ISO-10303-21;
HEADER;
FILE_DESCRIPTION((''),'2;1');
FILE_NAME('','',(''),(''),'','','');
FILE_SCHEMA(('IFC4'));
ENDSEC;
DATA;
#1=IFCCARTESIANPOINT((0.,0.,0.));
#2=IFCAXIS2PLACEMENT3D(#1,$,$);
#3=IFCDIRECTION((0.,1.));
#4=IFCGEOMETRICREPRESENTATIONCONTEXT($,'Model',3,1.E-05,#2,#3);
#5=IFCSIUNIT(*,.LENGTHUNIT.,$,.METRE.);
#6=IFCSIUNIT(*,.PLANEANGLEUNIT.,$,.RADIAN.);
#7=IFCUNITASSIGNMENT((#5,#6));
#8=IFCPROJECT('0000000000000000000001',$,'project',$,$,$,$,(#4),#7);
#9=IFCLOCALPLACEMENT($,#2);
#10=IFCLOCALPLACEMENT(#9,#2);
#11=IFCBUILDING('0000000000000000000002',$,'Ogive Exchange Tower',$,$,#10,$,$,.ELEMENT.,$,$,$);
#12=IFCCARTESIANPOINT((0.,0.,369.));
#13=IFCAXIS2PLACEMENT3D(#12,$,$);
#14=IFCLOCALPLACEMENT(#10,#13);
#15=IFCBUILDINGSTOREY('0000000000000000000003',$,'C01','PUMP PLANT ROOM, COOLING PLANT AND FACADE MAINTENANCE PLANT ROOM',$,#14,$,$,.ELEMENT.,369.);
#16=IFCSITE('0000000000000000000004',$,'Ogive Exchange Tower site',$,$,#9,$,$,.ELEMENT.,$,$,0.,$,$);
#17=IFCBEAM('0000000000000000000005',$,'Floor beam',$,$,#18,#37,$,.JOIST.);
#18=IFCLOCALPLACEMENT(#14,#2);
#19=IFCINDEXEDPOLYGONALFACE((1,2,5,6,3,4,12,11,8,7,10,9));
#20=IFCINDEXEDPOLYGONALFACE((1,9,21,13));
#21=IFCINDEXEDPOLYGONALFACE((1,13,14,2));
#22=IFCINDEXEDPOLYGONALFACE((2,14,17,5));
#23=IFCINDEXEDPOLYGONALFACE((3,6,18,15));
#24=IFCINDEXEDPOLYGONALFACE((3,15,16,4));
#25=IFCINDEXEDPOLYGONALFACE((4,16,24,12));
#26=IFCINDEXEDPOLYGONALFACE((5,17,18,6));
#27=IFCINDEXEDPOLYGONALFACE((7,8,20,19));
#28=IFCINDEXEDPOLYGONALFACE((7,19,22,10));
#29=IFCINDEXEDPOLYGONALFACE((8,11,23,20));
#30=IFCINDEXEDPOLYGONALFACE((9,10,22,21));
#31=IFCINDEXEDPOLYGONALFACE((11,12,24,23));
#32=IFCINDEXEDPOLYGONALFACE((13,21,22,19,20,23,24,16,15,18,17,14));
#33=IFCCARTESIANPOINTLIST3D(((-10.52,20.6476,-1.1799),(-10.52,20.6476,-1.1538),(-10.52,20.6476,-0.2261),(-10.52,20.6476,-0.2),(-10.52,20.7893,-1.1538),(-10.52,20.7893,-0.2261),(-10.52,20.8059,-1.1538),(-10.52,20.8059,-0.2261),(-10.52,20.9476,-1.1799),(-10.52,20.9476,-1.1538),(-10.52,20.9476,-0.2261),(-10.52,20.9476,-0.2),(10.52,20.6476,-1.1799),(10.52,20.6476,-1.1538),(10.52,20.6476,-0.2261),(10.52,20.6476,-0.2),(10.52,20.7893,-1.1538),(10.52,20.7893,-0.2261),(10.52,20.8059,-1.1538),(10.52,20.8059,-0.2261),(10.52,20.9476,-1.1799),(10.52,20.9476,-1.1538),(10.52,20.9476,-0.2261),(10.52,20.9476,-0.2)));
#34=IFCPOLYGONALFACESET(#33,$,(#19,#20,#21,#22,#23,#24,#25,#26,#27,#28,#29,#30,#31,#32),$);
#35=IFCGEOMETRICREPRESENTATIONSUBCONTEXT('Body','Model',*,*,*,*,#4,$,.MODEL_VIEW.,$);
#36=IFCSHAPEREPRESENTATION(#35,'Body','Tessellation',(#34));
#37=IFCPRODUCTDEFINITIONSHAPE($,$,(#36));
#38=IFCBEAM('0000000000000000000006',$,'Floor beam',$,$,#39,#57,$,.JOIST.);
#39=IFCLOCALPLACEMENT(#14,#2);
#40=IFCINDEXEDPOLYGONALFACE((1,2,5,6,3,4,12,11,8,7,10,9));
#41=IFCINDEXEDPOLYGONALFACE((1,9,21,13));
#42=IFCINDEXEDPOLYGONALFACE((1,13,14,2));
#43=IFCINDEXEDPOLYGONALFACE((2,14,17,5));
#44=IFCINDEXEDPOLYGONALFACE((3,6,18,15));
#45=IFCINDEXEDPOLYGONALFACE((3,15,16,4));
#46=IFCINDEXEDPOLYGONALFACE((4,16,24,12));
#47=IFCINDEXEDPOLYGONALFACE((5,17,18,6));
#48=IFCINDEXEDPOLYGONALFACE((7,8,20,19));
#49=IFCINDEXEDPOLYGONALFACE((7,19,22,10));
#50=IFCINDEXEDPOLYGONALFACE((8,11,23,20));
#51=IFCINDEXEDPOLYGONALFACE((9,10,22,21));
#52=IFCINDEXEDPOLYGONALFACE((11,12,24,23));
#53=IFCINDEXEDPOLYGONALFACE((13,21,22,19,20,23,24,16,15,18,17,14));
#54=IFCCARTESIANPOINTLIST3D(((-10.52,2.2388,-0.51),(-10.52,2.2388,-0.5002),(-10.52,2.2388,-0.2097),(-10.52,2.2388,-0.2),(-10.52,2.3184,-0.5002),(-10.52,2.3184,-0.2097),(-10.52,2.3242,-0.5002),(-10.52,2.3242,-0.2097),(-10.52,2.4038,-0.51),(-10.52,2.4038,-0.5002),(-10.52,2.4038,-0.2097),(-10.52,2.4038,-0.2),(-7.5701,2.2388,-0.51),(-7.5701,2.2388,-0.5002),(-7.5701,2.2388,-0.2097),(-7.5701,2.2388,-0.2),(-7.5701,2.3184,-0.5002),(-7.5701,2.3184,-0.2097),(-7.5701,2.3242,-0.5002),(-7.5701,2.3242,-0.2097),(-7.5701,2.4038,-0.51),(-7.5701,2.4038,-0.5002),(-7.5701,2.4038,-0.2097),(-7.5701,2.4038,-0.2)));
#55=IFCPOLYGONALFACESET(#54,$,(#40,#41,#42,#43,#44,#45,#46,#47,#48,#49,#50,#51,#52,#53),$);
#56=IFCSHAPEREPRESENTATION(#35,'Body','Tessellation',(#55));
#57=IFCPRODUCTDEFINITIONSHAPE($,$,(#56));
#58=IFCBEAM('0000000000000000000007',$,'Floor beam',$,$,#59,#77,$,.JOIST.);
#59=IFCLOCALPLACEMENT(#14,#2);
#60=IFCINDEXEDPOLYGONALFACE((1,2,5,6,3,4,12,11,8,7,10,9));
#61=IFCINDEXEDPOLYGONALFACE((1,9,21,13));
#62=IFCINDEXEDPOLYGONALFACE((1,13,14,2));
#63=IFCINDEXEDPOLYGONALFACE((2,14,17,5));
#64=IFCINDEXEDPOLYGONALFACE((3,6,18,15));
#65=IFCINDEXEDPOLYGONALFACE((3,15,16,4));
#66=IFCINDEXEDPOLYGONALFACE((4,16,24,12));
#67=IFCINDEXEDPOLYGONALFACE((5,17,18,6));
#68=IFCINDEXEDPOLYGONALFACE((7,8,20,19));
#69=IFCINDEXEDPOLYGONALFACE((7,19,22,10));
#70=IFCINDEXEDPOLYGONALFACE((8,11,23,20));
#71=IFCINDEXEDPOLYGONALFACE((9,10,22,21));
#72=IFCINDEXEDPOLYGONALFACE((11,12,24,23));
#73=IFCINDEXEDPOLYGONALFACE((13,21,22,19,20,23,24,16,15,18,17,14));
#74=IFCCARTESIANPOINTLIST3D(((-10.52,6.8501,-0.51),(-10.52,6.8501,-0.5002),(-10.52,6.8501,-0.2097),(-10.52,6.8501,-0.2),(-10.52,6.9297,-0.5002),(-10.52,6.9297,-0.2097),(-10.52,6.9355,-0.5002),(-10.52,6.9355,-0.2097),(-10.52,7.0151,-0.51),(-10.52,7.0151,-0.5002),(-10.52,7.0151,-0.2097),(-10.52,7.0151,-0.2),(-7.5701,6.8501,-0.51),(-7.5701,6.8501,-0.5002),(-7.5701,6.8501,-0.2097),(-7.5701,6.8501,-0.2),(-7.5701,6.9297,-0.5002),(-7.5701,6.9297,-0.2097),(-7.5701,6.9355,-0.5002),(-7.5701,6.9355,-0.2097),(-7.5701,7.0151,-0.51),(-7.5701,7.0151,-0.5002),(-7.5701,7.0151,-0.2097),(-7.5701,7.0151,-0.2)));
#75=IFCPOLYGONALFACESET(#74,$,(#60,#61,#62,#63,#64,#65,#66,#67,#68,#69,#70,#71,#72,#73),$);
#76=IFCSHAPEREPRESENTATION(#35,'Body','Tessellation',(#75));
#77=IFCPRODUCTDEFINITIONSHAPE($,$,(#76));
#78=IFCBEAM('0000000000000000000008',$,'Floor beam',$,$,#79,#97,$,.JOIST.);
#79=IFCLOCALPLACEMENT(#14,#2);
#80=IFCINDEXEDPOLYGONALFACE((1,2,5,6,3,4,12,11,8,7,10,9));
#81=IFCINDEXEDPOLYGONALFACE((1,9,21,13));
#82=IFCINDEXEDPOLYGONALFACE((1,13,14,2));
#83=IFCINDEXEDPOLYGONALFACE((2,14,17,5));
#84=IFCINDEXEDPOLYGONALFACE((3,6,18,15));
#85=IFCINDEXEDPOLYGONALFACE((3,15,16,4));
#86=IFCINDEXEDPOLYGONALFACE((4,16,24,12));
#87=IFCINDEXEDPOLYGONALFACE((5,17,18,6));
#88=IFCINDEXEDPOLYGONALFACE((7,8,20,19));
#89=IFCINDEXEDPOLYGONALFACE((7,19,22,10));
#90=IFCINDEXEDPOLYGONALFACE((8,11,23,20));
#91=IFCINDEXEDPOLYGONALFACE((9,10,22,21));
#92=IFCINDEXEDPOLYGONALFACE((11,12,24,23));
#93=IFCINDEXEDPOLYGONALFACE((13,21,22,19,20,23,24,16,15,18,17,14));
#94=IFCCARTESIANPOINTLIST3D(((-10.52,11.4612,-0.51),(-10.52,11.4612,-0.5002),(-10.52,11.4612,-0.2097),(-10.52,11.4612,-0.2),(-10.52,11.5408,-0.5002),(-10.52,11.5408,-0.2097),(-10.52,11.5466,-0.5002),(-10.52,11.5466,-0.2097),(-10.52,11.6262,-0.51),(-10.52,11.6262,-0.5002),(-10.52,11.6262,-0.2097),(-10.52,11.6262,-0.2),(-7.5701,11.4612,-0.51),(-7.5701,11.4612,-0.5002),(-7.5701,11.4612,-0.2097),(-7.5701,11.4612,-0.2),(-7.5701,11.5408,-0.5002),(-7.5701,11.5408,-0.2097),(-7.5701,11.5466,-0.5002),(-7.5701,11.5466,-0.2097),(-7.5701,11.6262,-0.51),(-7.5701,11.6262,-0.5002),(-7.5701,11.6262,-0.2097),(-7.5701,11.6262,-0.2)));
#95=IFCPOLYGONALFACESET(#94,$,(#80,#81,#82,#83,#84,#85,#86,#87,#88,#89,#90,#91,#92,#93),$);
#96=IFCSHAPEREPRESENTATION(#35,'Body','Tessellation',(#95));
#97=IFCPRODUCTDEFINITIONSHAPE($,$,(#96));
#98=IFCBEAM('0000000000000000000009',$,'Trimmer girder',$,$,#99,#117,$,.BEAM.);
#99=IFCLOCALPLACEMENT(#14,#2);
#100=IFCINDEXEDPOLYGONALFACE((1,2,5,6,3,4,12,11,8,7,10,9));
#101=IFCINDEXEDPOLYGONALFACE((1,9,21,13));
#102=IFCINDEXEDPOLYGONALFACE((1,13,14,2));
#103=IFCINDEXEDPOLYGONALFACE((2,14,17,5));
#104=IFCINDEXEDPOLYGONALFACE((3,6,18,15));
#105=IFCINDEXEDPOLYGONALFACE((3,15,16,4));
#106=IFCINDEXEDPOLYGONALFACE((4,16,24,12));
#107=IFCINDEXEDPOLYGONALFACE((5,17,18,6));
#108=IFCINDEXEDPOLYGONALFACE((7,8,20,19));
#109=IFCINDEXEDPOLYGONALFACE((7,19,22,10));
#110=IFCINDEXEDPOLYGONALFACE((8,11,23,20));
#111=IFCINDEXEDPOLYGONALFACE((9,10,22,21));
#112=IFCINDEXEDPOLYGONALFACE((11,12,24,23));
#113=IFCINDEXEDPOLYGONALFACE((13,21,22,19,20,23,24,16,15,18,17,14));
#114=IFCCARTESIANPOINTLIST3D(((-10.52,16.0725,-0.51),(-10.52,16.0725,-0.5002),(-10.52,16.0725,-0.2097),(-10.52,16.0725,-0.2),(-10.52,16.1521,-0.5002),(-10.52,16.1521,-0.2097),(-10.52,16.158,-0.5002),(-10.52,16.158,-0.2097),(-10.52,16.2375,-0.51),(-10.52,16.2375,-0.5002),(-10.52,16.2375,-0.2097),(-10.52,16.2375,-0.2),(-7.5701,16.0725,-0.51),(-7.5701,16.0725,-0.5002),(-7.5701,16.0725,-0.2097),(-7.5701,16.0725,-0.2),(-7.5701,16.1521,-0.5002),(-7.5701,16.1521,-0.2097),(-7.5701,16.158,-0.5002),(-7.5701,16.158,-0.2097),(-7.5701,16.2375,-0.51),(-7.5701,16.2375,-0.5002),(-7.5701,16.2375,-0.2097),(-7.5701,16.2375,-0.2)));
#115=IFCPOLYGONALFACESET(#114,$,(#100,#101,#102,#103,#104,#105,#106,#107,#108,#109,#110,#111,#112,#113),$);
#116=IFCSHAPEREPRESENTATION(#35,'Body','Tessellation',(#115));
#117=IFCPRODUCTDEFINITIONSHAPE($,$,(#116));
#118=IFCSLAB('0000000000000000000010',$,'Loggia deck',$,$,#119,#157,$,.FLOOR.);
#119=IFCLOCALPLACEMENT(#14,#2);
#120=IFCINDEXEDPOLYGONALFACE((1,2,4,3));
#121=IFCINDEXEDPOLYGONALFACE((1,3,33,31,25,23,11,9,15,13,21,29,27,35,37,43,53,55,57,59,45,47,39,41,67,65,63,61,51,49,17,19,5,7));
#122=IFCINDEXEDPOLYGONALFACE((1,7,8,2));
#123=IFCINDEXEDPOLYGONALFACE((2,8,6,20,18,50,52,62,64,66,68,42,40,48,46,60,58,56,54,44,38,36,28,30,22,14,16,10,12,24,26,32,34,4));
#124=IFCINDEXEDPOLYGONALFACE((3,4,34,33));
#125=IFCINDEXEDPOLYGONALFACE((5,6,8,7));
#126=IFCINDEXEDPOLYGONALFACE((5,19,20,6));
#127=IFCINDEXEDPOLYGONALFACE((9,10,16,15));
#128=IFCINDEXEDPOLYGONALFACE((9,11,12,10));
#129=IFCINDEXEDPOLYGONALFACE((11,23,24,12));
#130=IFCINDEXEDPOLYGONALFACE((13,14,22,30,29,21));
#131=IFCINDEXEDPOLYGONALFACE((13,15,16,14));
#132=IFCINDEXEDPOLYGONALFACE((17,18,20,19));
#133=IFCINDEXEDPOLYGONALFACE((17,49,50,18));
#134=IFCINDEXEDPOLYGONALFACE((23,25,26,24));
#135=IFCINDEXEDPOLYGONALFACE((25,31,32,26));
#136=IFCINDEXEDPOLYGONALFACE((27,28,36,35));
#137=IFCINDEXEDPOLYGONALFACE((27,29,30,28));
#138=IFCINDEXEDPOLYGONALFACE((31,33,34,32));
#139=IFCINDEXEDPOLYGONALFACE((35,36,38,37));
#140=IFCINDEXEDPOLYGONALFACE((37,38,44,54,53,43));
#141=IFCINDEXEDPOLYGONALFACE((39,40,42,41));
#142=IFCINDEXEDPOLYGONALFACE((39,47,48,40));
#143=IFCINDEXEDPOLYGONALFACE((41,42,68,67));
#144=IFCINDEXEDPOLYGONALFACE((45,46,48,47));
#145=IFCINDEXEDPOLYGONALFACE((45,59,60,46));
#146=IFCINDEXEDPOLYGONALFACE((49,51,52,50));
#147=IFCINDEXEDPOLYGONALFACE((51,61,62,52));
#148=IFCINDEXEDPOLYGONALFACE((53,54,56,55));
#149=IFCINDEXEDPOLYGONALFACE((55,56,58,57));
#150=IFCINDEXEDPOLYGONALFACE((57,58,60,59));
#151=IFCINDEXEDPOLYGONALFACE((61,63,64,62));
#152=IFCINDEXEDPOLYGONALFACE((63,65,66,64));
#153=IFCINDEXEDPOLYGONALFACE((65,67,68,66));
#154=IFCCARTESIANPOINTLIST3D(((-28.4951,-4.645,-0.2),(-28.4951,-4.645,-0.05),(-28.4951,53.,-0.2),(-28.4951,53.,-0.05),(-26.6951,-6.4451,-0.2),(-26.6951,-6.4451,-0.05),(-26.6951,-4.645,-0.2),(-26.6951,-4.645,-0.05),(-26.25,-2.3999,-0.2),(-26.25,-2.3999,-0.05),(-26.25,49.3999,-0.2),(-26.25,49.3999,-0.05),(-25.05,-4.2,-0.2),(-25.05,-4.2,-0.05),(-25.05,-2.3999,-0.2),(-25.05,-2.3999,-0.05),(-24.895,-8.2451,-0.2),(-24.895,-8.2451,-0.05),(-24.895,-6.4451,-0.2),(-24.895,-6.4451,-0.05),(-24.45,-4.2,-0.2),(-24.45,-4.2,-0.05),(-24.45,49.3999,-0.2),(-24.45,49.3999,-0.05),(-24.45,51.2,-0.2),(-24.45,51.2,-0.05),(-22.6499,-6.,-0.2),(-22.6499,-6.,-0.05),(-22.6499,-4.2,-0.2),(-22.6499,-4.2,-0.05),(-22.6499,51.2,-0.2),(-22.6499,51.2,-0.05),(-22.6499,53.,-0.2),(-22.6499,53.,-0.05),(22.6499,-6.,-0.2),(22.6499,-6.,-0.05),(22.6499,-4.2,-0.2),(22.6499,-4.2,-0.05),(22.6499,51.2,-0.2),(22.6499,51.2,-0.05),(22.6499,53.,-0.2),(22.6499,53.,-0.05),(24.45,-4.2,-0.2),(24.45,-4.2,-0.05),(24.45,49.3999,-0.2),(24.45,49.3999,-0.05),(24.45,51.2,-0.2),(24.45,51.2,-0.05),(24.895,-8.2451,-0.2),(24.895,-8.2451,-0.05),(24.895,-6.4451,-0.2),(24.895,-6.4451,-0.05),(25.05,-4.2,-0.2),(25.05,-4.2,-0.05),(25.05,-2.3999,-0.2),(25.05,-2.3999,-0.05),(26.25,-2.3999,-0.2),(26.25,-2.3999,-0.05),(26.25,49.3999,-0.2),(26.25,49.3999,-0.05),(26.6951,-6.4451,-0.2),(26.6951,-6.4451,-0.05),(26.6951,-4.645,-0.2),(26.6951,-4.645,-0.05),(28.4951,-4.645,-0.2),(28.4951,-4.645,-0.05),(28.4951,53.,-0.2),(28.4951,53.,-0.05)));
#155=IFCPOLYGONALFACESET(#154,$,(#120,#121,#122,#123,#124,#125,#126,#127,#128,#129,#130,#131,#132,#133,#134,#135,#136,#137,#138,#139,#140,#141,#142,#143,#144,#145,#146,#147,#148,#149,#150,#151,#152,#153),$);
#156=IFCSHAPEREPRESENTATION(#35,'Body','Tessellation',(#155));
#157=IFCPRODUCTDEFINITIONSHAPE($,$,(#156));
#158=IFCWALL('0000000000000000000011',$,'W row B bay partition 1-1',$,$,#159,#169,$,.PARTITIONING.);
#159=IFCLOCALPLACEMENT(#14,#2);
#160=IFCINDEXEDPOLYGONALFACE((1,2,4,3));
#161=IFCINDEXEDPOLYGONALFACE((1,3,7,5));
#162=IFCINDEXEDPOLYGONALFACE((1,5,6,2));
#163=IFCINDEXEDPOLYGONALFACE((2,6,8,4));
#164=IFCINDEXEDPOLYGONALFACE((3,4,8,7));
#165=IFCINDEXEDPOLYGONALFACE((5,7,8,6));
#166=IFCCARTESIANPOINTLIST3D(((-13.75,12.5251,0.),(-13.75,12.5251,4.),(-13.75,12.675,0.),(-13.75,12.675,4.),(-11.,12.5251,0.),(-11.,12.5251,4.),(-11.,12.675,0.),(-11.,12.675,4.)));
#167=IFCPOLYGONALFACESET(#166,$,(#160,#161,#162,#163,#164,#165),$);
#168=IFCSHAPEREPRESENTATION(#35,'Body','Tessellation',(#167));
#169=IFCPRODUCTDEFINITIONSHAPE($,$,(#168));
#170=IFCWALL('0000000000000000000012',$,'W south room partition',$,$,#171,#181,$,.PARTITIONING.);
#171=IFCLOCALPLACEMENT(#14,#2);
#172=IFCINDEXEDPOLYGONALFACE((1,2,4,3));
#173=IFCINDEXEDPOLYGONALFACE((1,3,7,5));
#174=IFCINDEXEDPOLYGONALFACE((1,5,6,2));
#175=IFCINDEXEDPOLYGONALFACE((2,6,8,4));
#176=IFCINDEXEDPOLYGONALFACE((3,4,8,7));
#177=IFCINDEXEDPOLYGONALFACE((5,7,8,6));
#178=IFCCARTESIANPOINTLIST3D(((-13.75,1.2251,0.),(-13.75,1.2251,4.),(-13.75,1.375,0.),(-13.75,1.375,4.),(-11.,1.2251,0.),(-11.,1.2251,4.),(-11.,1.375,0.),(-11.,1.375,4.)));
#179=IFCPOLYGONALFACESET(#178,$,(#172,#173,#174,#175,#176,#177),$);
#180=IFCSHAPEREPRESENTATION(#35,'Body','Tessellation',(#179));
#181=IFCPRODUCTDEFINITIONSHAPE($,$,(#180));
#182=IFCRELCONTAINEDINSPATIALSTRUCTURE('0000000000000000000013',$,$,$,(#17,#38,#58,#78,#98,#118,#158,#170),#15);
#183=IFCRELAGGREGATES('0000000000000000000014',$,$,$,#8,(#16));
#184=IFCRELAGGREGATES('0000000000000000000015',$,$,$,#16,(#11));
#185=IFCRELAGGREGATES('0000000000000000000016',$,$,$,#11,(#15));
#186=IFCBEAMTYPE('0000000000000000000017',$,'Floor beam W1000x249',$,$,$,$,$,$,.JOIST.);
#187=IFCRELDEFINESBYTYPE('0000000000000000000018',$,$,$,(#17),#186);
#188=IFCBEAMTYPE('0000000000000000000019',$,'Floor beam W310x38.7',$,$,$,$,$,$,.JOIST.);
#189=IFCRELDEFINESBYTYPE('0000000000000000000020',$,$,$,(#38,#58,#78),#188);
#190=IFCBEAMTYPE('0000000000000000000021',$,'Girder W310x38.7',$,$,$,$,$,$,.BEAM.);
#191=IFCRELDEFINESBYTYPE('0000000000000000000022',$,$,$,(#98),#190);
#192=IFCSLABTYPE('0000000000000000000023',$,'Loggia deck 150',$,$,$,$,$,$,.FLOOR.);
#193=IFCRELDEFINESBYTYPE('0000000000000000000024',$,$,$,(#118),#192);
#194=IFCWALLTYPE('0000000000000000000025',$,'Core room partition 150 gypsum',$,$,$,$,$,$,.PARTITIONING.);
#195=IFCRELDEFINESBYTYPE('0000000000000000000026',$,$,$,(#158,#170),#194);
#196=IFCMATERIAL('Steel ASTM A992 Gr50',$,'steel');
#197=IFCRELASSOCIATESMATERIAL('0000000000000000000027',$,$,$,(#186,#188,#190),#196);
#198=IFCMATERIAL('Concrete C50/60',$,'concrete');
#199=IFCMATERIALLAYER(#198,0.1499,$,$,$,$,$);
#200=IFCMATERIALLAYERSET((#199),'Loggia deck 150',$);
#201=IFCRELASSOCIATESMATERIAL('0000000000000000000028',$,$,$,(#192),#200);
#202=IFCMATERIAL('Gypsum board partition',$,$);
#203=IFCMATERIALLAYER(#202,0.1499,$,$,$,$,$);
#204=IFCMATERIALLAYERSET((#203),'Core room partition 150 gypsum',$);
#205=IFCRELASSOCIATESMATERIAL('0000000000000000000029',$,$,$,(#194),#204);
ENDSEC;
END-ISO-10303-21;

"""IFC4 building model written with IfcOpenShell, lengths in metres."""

from ifc_helpers import new_model, si_unit, direction, frame, frame_2d, origin, origin_2d, place, context, subcontext, project, spatial, polyline, rectangle, i_section, outline, extrude, material, layer, layer_set, material_profile, profile_set, type_object, element, save


model = new_model("IFC4")

# Units and contexts
model_context = context("Model", 3, precision=1e-05, world=origin(), true_north=direction((0.0, 1.0)))
body_context = subcontext(model_context, "Body", "Model", "MODEL_VIEW")
ifc_project = project(units=[si_unit("LENGTHUNIT", "METRE"), si_unit("PLANEANGLEUNIT", "RADIAN")], contexts=[model_context])

# Site, building, storey
site_placement = place(None, origin())
site = spatial("IfcSite", under=ifc_project, at=site_placement, Name="Ogive Exchange Tower site", CompositionType="ELEMENT", RefElevation=0.0)
building_placement = place(site_placement, origin())
building = spatial("IfcBuilding", under=site, at=building_placement, Name="Ogive Exchange Tower", CompositionType="ELEMENT")
storey_placement = place(building_placement, frame((0.0, 0.0, 369.0)))
storey = spatial("IfcBuildingStorey", under=building, at=storey_placement, Name="C01", Description="PUMP PLANT ROOM, COOLING PLANT AND FACADE MAINTENANCE PLANT ROOM", CompositionType="ELEMENT", Elevation=369.0)

# Beams
ifc_material_1 = material(Name="Steel ASTM A992 Gr50", Category="steel")
ifc_material_profile_1 = material_profile(ifc_material_1, i_section(OverallWidth=0.3, OverallDepth=0.98, WebThickness=0.0166, FlangeThickness=0.0261, at=origin_2d()), Name="W1000x249")
ifc_profile_set_1 = profile_set([ifc_material_profile_1], Name="Steel ASTM A992 Gr50")
beam_type_1 = type_object("IfcBeamType", Name="Floor beam W1000x249", PredefinedType="JOIST", material=ifc_profile_set_1)
beam_1_placement = place(storey_placement, frame((-10.52, 20.7976, -0.6899), z_axis=(1.0, 0.0, 0.0), x_axis=(0.0, 1.0, 0.0)))
element("IfcBeam", 1, at=beam_1_placement, inside=storey, type_object=beam_type_1, Name="Floor beam", PredefinedType="JOIST", context=body_context, shape_type="SweptSolid", body=[
    extrude(i_section(OverallWidth=0.3, OverallDepth=0.98, WebThickness=0.0166, FlangeThickness=0.0261, at=origin_2d()), origin(), (0.0, 0.0, 1.0), 21.04),
])
ifc_material_profile_2 = material_profile(ifc_material_1, i_section(OverallWidth=0.165, OverallDepth=0.3101, WebThickness=0.0059, FlangeThickness=0.0098, at=origin_2d()), Name="W310x38.7")
ifc_profile_set_2 = profile_set([ifc_material_profile_2], Name="Steel ASTM A992 Gr50")
beam_type_2 = type_object("IfcBeamType", Name="Floor beam W310x38.7", PredefinedType="JOIST", material=ifc_profile_set_2)
for number, where, z_axis, x_axis, name in (
    (2, (-10.52, 2.3213, -0.355), (1.0, 0.0, 0.0), (0.0, 1.0, 0.0), "Floor beam"),
    (3, (-10.52, 6.9326, -0.355), (1.0, 0.0, 0.0), (0.0, 1.0, 0.0), "Floor beam"),
    (4, (-10.52, 11.5437, -0.355), (1.0, 0.0, 0.0), (0.0, 1.0, 0.0), "Floor beam"),
):
    element("IfcBeam", number, at=place(storey_placement, frame(where, z_axis=z_axis, x_axis=x_axis)), inside=storey, type_object=beam_type_2, Name=name, PredefinedType="JOIST", context=body_context, shape_type="SweptSolid", body=[
        extrude(i_section(OverallWidth=0.165, OverallDepth=0.3101, WebThickness=0.0059, FlangeThickness=0.0098, at=origin_2d()), origin(), (0.0, 0.0, 1.0), 2.95),
    ])
ifc_material_profile_3 = material_profile(ifc_material_1, i_section(OverallWidth=0.165, OverallDepth=0.3101, WebThickness=0.0059, FlangeThickness=0.0098, at=origin_2d()), Name="W310x38.7")
ifc_profile_set_3 = profile_set([ifc_material_profile_3], Name="Steel ASTM A992 Gr50")
beam_type_3 = type_object("IfcBeamType", Name="Girder W310x38.7", PredefinedType="BEAM", material=ifc_profile_set_3)
beam_2_placement = place(storey_placement, frame((-10.52, 16.155, -0.355), z_axis=(1.0, 0.0, 0.0), x_axis=(0.0, 1.0, 0.0)))
element("IfcBeam", 5, at=beam_2_placement, inside=storey, type_object=beam_type_3, Name="Trimmer girder", PredefinedType="BEAM", context=body_context, shape_type="SweptSolid", body=[
    extrude(i_section(OverallWidth=0.165, OverallDepth=0.3101, WebThickness=0.0059, FlangeThickness=0.0098, at=origin_2d()), origin(), (0.0, 0.0, 1.0), 2.95),
])

# Slab
ifc_material_2 = material(Name="Concrete C50/60", Category="concrete")
ifc_layer_1 = layer(ifc_material_2, 0.1499)
ifc_layer_set_1 = layer_set([ifc_layer_1], Name="Loggia deck 150")
slab_type = type_object("IfcSlabType", Name="Loggia deck 150", PredefinedType="FLOOR", material=ifc_layer_set_1)
slab_placement = place(storey_placement, frame((0.0, 0.0, -0.2)))
element("IfcSlab", 6, at=slab_placement, inside=storey, type_object=slab_type, Name="Loggia deck", PredefinedType="FLOOR", context=body_context, shape_type="SweptSolid", body=[
    extrude(outline(polyline([(-26.6951, -4.645), (-28.4951, -4.645), (-28.4951, 53.0), (-22.6499, 53.0), (-22.6499, 51.2), (-24.45, 51.2), (-24.45, 49.3999), (-26.25, 49.3999), (-26.25, -2.3999), (-24.45, -2.3999), (-24.45, -2.3999), (-25.05, -2.3999), (-25.05, -4.2), (-24.45, -4.2), (-24.45, -4.2), (-22.6499, -4.2), (-22.6499, -6.0), (22.6499, -6.0), (22.6499, -4.2), (24.45, -4.2), (24.45, -4.2), (25.05, -4.2), (25.05, -2.3999), (24.45, -2.3999), (24.45, -2.3999), (26.25, -2.3999), (26.25, 49.3999), (24.45, 49.3999), (24.45, 51.2), (22.6499, 51.2), (22.6499, 53.0), (28.4951, 53.0), (28.4951, -4.645), (26.6951, -4.645), (26.6951, -6.4451), (24.895, -6.4451), (24.895, -8.2451), (-24.895, -8.2451), (-24.895, -6.4451), (-26.6951, -6.4451), (-26.6951, -4.645)])), origin(), (0.0, 0.0, 1.0), 0.1499),
])

# Walls
ifc_material_3 = material(Name="Gypsum board partition")
ifc_layer_2 = layer(ifc_material_3, 0.1499)
ifc_layer_set_2 = layer_set([ifc_layer_2], Name="Core room partition 150 gypsum")
wall_type_1 = type_object("IfcWallType", Name="Core room partition 150 gypsum", PredefinedType="PARTITIONING", material=ifc_layer_set_2)
for number, where, z_axis, x_axis, name in (
    (7, (-13.75, 12.6001, 0.0), (0.0, 0.0, 1.0), (1.0, 0.0, 0.0), "W row B bay partition 1-1"),
    (8, (-13.75, 1.3, 0.0), (0.0, 0.0, 1.0), (1.0, 0.0, 0.0), "W south room partition"),
):
    element("IfcWall", number, at=place(storey_placement, frame(where, z_axis=z_axis, x_axis=x_axis)), inside=storey, type_object=wall_type_1, Name=name, PredefinedType="PARTITIONING", context=body_context, shape_type="SweptSolid", body=[
        extrude(rectangle(XDim=2.75, YDim=0.1499, at=frame_2d((1.375, 0.0))), origin(), (0.0, 0.0, 1.0), 4.0),
    ])

save(model, "model.ifc")
